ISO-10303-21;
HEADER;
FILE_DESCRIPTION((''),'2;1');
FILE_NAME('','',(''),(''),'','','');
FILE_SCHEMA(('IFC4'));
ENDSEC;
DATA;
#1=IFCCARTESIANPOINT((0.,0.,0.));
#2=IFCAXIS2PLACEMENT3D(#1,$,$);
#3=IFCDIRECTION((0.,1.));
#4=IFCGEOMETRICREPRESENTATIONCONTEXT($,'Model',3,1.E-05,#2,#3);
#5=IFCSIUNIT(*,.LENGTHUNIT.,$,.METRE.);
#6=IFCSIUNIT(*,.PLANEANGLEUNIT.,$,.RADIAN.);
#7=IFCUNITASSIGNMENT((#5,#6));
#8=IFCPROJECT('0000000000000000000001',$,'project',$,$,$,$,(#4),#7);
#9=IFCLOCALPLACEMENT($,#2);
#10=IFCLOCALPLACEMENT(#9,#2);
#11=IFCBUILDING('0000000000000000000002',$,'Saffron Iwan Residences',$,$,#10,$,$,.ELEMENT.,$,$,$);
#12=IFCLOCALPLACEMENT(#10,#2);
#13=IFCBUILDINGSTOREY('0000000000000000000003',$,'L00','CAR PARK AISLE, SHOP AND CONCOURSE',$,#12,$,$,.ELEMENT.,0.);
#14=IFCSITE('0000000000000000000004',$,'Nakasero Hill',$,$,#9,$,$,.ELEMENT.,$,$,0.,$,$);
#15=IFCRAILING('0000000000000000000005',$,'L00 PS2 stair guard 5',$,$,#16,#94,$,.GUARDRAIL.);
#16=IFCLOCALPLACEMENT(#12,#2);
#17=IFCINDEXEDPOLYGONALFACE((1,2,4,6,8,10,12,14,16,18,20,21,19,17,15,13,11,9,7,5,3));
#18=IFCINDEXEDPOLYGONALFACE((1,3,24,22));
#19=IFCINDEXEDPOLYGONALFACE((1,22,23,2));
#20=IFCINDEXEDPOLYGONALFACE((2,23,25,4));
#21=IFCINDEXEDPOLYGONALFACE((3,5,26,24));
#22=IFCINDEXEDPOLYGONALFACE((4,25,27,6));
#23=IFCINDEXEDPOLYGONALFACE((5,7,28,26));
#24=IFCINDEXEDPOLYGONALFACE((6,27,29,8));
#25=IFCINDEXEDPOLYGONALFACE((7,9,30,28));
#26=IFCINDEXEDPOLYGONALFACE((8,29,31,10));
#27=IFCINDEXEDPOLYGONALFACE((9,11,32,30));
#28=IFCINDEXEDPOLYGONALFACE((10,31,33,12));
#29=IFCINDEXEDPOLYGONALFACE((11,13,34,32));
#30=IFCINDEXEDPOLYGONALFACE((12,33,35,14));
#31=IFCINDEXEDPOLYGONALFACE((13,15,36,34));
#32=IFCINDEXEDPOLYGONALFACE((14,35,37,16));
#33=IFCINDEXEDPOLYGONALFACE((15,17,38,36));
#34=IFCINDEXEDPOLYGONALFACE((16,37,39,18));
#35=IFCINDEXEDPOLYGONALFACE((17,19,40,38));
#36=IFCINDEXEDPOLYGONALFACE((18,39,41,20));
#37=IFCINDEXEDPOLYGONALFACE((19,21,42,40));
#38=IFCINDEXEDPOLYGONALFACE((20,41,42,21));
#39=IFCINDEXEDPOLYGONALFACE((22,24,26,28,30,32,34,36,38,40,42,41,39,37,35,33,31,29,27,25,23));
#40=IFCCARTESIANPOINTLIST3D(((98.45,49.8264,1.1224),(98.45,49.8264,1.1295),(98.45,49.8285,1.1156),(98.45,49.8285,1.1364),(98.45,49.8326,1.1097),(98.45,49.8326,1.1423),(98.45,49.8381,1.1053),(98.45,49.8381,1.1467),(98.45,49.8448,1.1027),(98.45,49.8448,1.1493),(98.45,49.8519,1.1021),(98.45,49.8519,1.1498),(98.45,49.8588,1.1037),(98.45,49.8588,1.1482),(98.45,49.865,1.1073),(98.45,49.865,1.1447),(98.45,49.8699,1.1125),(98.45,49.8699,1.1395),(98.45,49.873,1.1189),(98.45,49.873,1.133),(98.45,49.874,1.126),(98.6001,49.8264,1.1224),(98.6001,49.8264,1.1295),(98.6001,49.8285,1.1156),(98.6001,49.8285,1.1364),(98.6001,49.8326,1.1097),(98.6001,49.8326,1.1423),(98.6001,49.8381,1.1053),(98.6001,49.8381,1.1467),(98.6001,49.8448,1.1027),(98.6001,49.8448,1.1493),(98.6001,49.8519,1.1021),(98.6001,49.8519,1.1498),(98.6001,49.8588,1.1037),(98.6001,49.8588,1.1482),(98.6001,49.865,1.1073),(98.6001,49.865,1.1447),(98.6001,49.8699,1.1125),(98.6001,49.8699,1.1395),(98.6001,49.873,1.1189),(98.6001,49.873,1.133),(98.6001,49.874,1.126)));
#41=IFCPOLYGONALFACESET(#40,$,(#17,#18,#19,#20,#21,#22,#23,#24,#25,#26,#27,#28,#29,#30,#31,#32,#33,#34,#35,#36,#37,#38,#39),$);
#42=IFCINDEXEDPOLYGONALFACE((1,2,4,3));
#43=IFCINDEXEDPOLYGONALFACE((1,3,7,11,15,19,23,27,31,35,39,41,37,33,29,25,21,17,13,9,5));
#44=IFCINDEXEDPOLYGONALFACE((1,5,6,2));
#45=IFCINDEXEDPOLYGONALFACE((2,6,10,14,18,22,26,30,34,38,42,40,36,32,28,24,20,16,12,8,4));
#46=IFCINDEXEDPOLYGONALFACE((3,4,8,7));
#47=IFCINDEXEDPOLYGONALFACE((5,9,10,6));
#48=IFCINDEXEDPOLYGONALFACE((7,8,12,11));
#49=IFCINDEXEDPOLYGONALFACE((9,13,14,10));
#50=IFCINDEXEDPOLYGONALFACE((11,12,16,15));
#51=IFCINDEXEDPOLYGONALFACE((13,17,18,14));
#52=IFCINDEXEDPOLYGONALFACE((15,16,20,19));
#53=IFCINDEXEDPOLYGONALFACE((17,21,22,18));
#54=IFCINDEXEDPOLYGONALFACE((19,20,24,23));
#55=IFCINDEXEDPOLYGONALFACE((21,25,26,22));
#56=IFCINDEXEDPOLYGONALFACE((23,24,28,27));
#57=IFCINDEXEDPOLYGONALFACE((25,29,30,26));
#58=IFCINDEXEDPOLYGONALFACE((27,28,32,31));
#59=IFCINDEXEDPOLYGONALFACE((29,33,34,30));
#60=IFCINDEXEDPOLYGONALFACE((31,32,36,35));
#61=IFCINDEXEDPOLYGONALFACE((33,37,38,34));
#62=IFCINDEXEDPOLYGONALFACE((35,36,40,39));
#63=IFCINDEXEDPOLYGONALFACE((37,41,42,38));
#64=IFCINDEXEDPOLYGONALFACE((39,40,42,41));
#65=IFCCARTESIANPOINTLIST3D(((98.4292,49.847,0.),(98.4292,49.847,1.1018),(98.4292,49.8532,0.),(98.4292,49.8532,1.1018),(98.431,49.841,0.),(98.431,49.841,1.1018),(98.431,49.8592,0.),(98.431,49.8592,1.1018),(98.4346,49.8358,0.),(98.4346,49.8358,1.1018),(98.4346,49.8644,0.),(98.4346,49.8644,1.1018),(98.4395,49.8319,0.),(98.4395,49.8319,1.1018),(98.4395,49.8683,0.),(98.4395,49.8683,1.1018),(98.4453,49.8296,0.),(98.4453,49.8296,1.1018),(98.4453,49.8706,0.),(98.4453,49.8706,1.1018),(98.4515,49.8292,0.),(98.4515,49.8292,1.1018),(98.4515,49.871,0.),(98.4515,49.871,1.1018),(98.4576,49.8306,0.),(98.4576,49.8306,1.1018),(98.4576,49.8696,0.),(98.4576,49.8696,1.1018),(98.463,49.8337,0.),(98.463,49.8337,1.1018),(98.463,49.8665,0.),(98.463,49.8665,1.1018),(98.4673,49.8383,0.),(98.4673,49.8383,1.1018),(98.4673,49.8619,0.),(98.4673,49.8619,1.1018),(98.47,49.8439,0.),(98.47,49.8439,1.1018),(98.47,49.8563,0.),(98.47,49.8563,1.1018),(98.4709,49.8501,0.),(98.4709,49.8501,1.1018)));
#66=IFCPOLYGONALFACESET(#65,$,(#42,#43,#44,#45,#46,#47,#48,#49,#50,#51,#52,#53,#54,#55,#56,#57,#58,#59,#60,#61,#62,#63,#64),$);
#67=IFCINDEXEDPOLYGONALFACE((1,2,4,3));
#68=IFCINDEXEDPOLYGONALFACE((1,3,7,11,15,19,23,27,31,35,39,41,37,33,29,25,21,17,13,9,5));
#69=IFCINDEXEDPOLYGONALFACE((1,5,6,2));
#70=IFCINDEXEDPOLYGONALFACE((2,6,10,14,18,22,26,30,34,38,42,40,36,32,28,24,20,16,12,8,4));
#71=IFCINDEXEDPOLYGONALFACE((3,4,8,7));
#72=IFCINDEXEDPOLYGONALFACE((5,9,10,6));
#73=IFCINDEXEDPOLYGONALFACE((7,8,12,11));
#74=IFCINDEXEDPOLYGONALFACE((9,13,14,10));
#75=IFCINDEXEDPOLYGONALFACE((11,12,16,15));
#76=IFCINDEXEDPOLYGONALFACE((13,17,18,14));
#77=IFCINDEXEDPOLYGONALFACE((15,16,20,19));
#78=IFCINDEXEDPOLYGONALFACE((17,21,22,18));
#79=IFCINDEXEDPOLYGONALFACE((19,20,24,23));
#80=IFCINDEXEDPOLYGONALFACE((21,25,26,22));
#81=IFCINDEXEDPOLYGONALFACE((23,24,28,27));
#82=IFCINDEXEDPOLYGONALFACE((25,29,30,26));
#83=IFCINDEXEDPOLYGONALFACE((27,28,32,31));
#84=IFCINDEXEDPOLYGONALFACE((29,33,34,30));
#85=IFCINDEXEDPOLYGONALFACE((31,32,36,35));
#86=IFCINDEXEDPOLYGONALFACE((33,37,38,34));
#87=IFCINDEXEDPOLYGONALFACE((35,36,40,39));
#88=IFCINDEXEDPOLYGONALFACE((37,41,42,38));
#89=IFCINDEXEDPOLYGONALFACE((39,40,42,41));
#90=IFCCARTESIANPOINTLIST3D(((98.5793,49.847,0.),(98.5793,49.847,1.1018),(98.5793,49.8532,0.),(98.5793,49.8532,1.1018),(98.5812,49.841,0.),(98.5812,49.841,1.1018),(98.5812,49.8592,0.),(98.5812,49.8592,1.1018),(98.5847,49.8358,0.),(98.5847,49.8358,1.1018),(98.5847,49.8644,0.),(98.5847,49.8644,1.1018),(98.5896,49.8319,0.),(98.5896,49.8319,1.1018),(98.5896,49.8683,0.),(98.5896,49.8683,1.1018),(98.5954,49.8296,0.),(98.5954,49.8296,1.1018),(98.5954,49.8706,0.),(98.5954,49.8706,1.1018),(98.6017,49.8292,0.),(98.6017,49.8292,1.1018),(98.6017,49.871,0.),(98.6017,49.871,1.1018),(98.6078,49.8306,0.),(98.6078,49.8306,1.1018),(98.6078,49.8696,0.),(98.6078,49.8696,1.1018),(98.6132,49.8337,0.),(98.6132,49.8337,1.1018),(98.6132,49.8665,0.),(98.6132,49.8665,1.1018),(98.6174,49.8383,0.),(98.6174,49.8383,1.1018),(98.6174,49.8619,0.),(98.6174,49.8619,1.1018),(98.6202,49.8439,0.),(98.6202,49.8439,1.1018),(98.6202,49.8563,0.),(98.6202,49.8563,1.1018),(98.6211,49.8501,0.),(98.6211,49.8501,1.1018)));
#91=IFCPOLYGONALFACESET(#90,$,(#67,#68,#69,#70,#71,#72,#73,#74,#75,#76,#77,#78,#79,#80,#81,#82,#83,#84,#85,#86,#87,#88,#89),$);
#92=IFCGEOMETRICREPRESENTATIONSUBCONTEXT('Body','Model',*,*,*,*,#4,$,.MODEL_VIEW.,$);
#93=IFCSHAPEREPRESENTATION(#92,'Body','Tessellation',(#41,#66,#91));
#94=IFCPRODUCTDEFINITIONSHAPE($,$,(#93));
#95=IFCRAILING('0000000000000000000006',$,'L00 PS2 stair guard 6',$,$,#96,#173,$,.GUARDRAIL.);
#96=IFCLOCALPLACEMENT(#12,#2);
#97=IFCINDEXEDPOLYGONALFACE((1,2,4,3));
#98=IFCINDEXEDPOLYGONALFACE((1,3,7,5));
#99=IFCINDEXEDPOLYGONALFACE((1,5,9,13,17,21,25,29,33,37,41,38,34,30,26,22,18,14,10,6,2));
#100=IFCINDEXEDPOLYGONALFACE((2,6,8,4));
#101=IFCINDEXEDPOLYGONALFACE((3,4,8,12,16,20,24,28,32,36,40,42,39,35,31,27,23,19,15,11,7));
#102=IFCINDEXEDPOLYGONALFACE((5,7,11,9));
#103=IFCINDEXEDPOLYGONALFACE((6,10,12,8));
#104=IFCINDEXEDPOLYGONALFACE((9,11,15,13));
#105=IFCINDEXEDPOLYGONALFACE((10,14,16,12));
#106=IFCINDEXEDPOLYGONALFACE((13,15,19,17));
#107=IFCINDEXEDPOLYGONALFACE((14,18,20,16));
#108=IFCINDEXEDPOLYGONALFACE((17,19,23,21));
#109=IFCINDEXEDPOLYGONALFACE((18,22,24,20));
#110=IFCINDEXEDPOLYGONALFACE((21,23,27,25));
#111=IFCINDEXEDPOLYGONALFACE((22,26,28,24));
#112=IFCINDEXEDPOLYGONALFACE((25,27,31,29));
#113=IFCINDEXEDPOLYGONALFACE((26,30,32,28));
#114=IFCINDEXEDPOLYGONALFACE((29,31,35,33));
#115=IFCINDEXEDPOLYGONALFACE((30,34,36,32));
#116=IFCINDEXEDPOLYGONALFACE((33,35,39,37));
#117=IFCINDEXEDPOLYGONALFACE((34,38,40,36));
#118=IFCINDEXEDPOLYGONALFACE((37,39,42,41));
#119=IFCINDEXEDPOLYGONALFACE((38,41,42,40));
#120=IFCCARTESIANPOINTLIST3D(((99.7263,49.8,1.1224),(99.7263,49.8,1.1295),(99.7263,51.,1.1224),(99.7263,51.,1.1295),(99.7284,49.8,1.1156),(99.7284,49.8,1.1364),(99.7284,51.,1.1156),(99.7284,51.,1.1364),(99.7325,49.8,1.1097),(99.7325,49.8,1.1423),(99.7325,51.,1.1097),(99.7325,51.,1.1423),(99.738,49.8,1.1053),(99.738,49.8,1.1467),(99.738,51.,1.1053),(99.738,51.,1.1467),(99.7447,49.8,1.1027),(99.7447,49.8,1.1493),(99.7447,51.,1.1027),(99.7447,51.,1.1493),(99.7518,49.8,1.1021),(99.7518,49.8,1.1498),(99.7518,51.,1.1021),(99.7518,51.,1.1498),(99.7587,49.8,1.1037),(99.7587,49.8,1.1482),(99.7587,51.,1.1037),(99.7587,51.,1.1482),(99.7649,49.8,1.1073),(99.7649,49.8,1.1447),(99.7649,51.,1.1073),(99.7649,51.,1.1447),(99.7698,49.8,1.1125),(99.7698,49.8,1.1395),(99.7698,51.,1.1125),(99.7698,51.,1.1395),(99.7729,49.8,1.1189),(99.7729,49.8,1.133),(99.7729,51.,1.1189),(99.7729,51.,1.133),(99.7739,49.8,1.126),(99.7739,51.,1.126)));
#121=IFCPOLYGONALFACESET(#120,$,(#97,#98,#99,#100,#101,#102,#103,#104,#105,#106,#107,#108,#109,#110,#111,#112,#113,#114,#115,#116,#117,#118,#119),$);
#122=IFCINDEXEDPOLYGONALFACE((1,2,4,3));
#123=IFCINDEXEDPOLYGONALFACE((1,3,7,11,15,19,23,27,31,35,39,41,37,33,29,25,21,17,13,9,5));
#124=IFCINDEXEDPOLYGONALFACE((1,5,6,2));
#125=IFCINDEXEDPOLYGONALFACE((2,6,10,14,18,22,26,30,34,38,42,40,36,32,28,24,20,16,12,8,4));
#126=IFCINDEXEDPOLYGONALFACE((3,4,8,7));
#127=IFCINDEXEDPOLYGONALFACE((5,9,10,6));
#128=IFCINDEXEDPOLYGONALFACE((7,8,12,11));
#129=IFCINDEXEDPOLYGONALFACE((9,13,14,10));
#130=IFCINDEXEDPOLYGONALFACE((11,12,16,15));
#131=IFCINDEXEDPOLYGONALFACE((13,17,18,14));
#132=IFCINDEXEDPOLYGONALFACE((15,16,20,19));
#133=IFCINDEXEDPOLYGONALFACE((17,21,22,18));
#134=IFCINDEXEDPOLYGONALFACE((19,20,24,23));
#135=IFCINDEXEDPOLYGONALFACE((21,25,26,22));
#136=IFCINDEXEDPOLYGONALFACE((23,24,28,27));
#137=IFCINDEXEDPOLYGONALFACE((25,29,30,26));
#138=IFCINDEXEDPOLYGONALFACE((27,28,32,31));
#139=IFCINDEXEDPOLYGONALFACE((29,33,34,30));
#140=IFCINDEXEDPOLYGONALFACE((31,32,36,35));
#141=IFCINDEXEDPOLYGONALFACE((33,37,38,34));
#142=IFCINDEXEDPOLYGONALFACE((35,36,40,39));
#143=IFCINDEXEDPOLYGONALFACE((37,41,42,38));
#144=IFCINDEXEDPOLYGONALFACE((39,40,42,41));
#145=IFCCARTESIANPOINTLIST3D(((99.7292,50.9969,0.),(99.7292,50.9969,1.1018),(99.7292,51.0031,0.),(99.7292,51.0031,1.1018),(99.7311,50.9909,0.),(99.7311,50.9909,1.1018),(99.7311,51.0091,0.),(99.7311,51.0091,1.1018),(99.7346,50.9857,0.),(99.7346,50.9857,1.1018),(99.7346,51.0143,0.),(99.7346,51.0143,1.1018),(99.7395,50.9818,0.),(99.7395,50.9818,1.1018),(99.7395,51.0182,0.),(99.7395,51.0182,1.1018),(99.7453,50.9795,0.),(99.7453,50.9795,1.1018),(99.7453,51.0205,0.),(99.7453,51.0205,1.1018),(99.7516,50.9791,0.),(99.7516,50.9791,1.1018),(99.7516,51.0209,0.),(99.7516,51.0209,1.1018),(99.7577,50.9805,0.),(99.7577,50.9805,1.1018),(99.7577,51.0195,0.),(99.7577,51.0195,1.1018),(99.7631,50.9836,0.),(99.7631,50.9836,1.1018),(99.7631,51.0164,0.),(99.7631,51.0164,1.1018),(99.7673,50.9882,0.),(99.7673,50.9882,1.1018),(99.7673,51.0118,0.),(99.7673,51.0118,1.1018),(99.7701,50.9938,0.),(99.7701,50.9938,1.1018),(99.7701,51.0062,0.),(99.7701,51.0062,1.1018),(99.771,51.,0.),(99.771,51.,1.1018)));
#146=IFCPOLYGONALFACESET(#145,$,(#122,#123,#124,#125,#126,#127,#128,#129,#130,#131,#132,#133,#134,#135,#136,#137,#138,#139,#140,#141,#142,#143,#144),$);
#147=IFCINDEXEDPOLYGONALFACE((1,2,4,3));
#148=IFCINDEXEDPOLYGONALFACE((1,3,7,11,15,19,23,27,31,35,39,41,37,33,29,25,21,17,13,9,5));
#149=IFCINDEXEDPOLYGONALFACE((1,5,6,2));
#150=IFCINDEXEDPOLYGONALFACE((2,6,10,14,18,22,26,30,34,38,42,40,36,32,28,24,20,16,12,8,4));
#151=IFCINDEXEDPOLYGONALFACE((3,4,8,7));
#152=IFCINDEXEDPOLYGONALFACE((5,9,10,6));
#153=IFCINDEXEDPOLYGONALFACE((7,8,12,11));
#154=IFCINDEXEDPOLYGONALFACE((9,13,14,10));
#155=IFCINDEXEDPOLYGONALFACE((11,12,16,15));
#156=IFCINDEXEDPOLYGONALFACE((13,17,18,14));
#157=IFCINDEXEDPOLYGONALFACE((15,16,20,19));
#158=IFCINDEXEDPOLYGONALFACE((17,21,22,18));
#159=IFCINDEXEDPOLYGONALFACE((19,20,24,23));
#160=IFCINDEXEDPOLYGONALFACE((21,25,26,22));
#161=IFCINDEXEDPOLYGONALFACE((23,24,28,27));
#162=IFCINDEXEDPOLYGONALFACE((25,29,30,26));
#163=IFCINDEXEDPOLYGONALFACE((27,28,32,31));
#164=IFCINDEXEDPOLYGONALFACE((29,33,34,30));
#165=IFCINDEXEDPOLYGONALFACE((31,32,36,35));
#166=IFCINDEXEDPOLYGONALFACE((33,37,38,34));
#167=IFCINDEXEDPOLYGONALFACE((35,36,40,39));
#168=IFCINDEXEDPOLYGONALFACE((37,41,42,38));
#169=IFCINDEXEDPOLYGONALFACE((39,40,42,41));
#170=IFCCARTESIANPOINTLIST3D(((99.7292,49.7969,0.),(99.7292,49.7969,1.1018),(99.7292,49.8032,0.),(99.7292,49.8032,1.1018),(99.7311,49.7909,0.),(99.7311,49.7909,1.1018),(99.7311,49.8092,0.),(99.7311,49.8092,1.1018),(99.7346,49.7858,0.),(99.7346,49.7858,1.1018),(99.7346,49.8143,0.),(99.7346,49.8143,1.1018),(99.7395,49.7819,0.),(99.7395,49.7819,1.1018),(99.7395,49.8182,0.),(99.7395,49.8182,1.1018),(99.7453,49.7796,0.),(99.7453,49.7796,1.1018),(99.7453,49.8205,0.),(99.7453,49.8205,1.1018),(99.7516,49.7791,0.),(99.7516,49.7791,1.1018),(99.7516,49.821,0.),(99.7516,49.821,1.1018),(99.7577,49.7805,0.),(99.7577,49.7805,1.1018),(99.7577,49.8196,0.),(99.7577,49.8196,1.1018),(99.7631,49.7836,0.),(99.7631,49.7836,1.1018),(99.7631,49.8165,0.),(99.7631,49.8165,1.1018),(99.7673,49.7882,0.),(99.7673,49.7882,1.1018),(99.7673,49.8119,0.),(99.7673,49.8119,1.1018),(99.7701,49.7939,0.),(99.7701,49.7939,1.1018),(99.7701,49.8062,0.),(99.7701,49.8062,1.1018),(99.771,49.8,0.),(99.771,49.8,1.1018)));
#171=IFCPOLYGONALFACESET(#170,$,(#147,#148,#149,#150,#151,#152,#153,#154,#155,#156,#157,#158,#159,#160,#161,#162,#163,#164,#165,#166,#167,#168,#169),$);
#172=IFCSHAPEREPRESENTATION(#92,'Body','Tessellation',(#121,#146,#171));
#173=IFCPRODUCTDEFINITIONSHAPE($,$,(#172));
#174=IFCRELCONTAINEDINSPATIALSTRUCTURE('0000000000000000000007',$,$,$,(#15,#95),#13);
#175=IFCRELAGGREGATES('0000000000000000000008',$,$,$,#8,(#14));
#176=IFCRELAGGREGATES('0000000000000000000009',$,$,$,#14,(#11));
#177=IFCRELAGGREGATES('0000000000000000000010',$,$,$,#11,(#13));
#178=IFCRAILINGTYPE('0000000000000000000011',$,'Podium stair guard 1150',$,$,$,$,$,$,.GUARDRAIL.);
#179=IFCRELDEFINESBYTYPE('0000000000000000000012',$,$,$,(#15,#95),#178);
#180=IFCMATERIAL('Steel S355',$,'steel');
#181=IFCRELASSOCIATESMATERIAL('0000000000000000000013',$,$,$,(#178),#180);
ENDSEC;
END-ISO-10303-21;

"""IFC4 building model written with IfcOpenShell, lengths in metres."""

from ifc_helpers import new_model, si_unit, direction, frame, origin, origin_2d, place, context, subcontext, project, spatial, circle, extrude, material, type_object, element, save


model = new_model("IFC4")

# Units and contexts
model_context = context("Model", 3, precision=1e-05, world=origin(), true_north=direction((0.0, 1.0)))
body_context = subcontext(model_context, "Body", "Model", "MODEL_VIEW")
ifc_project = project(units=[si_unit("LENGTHUNIT", "METRE"), si_unit("PLANEANGLEUNIT", "RADIAN")], contexts=[model_context])

# Site, building, storey
site_placement = place(None, origin())
site = spatial("IfcSite", under=ifc_project, at=site_placement, Name="Nakasero Hill", CompositionType="ELEMENT", RefElevation=0.0)
building_placement = place(site_placement, origin())
building = spatial("IfcBuilding", under=site, at=building_placement, Name="Saffron Iwan Residences", CompositionType="ELEMENT")
storey_placement = place(building_placement, origin())
storey = spatial("IfcBuildingStorey", under=building, at=storey_placement, Name="L00", Description="CAR PARK AISLE, SHOP AND CONCOURSE", CompositionType="ELEMENT", Elevation=0.0)

# Railings
ifc_material_1 = material(Name="Steel S355", Category="steel")
railing_type_1 = type_object("IfcRailingType", Name="Podium stair guard 1150", PredefinedType="GUARDRAIL", material=ifc_material_1)
railing_1_placement = place(storey_placement, frame((98.45, 49.8501, 0.0)))
element("IfcRailing", 1, at=railing_1_placement, inside=storey, type_object=railing_type_1, Name="L00 PS2 stair guard 5", PredefinedType="GUARDRAIL", context=body_context, shape_type="SweptSolid", body=[
    extrude(circle(Radius=0.0239, at=origin_2d()), frame((0.0, 0.0, 1.126), z_axis=(1.0, 0.0, 0.0), x_axis=(0.0, 1.0, 0.0)), (0.0, 0.0, 1.0), 0.1501),
    extrude(circle(Radius=0.021, at=origin_2d()), origin(), (0.0, 0.0, 1.0), 1.1018),
    extrude(circle(Radius=0.021, at=origin_2d()), frame((0.1501, 0.0, 0.0)), (0.0, 0.0, 1.0), 1.1018),
])
railing_2_placement = place(storey_placement, frame((99.75, 51.0, 0.0)))
element("IfcRailing", 2, at=railing_2_placement, inside=storey, type_object=railing_type_1, Name="L00 PS2 stair guard 6", PredefinedType="GUARDRAIL", context=body_context, shape_type="SweptSolid", body=[
    extrude(circle(Radius=0.0239, at=origin_2d()), frame((0.0, 0.0, 1.126), z_axis=(0.0, -1.0, 0.0), x_axis=(1.0, 0.0, 0.0)), (0.0, 0.0, 1.0), 1.2),
    extrude(circle(Radius=0.021, at=origin_2d()), origin(), (0.0, 0.0, 1.0), 1.1018),
    extrude(circle(Radius=0.021, at=origin_2d()), frame((0.0, -1.2, 0.0)), (0.0, 0.0, 1.0), 1.1018),
])

save(model, "model.ifc")
